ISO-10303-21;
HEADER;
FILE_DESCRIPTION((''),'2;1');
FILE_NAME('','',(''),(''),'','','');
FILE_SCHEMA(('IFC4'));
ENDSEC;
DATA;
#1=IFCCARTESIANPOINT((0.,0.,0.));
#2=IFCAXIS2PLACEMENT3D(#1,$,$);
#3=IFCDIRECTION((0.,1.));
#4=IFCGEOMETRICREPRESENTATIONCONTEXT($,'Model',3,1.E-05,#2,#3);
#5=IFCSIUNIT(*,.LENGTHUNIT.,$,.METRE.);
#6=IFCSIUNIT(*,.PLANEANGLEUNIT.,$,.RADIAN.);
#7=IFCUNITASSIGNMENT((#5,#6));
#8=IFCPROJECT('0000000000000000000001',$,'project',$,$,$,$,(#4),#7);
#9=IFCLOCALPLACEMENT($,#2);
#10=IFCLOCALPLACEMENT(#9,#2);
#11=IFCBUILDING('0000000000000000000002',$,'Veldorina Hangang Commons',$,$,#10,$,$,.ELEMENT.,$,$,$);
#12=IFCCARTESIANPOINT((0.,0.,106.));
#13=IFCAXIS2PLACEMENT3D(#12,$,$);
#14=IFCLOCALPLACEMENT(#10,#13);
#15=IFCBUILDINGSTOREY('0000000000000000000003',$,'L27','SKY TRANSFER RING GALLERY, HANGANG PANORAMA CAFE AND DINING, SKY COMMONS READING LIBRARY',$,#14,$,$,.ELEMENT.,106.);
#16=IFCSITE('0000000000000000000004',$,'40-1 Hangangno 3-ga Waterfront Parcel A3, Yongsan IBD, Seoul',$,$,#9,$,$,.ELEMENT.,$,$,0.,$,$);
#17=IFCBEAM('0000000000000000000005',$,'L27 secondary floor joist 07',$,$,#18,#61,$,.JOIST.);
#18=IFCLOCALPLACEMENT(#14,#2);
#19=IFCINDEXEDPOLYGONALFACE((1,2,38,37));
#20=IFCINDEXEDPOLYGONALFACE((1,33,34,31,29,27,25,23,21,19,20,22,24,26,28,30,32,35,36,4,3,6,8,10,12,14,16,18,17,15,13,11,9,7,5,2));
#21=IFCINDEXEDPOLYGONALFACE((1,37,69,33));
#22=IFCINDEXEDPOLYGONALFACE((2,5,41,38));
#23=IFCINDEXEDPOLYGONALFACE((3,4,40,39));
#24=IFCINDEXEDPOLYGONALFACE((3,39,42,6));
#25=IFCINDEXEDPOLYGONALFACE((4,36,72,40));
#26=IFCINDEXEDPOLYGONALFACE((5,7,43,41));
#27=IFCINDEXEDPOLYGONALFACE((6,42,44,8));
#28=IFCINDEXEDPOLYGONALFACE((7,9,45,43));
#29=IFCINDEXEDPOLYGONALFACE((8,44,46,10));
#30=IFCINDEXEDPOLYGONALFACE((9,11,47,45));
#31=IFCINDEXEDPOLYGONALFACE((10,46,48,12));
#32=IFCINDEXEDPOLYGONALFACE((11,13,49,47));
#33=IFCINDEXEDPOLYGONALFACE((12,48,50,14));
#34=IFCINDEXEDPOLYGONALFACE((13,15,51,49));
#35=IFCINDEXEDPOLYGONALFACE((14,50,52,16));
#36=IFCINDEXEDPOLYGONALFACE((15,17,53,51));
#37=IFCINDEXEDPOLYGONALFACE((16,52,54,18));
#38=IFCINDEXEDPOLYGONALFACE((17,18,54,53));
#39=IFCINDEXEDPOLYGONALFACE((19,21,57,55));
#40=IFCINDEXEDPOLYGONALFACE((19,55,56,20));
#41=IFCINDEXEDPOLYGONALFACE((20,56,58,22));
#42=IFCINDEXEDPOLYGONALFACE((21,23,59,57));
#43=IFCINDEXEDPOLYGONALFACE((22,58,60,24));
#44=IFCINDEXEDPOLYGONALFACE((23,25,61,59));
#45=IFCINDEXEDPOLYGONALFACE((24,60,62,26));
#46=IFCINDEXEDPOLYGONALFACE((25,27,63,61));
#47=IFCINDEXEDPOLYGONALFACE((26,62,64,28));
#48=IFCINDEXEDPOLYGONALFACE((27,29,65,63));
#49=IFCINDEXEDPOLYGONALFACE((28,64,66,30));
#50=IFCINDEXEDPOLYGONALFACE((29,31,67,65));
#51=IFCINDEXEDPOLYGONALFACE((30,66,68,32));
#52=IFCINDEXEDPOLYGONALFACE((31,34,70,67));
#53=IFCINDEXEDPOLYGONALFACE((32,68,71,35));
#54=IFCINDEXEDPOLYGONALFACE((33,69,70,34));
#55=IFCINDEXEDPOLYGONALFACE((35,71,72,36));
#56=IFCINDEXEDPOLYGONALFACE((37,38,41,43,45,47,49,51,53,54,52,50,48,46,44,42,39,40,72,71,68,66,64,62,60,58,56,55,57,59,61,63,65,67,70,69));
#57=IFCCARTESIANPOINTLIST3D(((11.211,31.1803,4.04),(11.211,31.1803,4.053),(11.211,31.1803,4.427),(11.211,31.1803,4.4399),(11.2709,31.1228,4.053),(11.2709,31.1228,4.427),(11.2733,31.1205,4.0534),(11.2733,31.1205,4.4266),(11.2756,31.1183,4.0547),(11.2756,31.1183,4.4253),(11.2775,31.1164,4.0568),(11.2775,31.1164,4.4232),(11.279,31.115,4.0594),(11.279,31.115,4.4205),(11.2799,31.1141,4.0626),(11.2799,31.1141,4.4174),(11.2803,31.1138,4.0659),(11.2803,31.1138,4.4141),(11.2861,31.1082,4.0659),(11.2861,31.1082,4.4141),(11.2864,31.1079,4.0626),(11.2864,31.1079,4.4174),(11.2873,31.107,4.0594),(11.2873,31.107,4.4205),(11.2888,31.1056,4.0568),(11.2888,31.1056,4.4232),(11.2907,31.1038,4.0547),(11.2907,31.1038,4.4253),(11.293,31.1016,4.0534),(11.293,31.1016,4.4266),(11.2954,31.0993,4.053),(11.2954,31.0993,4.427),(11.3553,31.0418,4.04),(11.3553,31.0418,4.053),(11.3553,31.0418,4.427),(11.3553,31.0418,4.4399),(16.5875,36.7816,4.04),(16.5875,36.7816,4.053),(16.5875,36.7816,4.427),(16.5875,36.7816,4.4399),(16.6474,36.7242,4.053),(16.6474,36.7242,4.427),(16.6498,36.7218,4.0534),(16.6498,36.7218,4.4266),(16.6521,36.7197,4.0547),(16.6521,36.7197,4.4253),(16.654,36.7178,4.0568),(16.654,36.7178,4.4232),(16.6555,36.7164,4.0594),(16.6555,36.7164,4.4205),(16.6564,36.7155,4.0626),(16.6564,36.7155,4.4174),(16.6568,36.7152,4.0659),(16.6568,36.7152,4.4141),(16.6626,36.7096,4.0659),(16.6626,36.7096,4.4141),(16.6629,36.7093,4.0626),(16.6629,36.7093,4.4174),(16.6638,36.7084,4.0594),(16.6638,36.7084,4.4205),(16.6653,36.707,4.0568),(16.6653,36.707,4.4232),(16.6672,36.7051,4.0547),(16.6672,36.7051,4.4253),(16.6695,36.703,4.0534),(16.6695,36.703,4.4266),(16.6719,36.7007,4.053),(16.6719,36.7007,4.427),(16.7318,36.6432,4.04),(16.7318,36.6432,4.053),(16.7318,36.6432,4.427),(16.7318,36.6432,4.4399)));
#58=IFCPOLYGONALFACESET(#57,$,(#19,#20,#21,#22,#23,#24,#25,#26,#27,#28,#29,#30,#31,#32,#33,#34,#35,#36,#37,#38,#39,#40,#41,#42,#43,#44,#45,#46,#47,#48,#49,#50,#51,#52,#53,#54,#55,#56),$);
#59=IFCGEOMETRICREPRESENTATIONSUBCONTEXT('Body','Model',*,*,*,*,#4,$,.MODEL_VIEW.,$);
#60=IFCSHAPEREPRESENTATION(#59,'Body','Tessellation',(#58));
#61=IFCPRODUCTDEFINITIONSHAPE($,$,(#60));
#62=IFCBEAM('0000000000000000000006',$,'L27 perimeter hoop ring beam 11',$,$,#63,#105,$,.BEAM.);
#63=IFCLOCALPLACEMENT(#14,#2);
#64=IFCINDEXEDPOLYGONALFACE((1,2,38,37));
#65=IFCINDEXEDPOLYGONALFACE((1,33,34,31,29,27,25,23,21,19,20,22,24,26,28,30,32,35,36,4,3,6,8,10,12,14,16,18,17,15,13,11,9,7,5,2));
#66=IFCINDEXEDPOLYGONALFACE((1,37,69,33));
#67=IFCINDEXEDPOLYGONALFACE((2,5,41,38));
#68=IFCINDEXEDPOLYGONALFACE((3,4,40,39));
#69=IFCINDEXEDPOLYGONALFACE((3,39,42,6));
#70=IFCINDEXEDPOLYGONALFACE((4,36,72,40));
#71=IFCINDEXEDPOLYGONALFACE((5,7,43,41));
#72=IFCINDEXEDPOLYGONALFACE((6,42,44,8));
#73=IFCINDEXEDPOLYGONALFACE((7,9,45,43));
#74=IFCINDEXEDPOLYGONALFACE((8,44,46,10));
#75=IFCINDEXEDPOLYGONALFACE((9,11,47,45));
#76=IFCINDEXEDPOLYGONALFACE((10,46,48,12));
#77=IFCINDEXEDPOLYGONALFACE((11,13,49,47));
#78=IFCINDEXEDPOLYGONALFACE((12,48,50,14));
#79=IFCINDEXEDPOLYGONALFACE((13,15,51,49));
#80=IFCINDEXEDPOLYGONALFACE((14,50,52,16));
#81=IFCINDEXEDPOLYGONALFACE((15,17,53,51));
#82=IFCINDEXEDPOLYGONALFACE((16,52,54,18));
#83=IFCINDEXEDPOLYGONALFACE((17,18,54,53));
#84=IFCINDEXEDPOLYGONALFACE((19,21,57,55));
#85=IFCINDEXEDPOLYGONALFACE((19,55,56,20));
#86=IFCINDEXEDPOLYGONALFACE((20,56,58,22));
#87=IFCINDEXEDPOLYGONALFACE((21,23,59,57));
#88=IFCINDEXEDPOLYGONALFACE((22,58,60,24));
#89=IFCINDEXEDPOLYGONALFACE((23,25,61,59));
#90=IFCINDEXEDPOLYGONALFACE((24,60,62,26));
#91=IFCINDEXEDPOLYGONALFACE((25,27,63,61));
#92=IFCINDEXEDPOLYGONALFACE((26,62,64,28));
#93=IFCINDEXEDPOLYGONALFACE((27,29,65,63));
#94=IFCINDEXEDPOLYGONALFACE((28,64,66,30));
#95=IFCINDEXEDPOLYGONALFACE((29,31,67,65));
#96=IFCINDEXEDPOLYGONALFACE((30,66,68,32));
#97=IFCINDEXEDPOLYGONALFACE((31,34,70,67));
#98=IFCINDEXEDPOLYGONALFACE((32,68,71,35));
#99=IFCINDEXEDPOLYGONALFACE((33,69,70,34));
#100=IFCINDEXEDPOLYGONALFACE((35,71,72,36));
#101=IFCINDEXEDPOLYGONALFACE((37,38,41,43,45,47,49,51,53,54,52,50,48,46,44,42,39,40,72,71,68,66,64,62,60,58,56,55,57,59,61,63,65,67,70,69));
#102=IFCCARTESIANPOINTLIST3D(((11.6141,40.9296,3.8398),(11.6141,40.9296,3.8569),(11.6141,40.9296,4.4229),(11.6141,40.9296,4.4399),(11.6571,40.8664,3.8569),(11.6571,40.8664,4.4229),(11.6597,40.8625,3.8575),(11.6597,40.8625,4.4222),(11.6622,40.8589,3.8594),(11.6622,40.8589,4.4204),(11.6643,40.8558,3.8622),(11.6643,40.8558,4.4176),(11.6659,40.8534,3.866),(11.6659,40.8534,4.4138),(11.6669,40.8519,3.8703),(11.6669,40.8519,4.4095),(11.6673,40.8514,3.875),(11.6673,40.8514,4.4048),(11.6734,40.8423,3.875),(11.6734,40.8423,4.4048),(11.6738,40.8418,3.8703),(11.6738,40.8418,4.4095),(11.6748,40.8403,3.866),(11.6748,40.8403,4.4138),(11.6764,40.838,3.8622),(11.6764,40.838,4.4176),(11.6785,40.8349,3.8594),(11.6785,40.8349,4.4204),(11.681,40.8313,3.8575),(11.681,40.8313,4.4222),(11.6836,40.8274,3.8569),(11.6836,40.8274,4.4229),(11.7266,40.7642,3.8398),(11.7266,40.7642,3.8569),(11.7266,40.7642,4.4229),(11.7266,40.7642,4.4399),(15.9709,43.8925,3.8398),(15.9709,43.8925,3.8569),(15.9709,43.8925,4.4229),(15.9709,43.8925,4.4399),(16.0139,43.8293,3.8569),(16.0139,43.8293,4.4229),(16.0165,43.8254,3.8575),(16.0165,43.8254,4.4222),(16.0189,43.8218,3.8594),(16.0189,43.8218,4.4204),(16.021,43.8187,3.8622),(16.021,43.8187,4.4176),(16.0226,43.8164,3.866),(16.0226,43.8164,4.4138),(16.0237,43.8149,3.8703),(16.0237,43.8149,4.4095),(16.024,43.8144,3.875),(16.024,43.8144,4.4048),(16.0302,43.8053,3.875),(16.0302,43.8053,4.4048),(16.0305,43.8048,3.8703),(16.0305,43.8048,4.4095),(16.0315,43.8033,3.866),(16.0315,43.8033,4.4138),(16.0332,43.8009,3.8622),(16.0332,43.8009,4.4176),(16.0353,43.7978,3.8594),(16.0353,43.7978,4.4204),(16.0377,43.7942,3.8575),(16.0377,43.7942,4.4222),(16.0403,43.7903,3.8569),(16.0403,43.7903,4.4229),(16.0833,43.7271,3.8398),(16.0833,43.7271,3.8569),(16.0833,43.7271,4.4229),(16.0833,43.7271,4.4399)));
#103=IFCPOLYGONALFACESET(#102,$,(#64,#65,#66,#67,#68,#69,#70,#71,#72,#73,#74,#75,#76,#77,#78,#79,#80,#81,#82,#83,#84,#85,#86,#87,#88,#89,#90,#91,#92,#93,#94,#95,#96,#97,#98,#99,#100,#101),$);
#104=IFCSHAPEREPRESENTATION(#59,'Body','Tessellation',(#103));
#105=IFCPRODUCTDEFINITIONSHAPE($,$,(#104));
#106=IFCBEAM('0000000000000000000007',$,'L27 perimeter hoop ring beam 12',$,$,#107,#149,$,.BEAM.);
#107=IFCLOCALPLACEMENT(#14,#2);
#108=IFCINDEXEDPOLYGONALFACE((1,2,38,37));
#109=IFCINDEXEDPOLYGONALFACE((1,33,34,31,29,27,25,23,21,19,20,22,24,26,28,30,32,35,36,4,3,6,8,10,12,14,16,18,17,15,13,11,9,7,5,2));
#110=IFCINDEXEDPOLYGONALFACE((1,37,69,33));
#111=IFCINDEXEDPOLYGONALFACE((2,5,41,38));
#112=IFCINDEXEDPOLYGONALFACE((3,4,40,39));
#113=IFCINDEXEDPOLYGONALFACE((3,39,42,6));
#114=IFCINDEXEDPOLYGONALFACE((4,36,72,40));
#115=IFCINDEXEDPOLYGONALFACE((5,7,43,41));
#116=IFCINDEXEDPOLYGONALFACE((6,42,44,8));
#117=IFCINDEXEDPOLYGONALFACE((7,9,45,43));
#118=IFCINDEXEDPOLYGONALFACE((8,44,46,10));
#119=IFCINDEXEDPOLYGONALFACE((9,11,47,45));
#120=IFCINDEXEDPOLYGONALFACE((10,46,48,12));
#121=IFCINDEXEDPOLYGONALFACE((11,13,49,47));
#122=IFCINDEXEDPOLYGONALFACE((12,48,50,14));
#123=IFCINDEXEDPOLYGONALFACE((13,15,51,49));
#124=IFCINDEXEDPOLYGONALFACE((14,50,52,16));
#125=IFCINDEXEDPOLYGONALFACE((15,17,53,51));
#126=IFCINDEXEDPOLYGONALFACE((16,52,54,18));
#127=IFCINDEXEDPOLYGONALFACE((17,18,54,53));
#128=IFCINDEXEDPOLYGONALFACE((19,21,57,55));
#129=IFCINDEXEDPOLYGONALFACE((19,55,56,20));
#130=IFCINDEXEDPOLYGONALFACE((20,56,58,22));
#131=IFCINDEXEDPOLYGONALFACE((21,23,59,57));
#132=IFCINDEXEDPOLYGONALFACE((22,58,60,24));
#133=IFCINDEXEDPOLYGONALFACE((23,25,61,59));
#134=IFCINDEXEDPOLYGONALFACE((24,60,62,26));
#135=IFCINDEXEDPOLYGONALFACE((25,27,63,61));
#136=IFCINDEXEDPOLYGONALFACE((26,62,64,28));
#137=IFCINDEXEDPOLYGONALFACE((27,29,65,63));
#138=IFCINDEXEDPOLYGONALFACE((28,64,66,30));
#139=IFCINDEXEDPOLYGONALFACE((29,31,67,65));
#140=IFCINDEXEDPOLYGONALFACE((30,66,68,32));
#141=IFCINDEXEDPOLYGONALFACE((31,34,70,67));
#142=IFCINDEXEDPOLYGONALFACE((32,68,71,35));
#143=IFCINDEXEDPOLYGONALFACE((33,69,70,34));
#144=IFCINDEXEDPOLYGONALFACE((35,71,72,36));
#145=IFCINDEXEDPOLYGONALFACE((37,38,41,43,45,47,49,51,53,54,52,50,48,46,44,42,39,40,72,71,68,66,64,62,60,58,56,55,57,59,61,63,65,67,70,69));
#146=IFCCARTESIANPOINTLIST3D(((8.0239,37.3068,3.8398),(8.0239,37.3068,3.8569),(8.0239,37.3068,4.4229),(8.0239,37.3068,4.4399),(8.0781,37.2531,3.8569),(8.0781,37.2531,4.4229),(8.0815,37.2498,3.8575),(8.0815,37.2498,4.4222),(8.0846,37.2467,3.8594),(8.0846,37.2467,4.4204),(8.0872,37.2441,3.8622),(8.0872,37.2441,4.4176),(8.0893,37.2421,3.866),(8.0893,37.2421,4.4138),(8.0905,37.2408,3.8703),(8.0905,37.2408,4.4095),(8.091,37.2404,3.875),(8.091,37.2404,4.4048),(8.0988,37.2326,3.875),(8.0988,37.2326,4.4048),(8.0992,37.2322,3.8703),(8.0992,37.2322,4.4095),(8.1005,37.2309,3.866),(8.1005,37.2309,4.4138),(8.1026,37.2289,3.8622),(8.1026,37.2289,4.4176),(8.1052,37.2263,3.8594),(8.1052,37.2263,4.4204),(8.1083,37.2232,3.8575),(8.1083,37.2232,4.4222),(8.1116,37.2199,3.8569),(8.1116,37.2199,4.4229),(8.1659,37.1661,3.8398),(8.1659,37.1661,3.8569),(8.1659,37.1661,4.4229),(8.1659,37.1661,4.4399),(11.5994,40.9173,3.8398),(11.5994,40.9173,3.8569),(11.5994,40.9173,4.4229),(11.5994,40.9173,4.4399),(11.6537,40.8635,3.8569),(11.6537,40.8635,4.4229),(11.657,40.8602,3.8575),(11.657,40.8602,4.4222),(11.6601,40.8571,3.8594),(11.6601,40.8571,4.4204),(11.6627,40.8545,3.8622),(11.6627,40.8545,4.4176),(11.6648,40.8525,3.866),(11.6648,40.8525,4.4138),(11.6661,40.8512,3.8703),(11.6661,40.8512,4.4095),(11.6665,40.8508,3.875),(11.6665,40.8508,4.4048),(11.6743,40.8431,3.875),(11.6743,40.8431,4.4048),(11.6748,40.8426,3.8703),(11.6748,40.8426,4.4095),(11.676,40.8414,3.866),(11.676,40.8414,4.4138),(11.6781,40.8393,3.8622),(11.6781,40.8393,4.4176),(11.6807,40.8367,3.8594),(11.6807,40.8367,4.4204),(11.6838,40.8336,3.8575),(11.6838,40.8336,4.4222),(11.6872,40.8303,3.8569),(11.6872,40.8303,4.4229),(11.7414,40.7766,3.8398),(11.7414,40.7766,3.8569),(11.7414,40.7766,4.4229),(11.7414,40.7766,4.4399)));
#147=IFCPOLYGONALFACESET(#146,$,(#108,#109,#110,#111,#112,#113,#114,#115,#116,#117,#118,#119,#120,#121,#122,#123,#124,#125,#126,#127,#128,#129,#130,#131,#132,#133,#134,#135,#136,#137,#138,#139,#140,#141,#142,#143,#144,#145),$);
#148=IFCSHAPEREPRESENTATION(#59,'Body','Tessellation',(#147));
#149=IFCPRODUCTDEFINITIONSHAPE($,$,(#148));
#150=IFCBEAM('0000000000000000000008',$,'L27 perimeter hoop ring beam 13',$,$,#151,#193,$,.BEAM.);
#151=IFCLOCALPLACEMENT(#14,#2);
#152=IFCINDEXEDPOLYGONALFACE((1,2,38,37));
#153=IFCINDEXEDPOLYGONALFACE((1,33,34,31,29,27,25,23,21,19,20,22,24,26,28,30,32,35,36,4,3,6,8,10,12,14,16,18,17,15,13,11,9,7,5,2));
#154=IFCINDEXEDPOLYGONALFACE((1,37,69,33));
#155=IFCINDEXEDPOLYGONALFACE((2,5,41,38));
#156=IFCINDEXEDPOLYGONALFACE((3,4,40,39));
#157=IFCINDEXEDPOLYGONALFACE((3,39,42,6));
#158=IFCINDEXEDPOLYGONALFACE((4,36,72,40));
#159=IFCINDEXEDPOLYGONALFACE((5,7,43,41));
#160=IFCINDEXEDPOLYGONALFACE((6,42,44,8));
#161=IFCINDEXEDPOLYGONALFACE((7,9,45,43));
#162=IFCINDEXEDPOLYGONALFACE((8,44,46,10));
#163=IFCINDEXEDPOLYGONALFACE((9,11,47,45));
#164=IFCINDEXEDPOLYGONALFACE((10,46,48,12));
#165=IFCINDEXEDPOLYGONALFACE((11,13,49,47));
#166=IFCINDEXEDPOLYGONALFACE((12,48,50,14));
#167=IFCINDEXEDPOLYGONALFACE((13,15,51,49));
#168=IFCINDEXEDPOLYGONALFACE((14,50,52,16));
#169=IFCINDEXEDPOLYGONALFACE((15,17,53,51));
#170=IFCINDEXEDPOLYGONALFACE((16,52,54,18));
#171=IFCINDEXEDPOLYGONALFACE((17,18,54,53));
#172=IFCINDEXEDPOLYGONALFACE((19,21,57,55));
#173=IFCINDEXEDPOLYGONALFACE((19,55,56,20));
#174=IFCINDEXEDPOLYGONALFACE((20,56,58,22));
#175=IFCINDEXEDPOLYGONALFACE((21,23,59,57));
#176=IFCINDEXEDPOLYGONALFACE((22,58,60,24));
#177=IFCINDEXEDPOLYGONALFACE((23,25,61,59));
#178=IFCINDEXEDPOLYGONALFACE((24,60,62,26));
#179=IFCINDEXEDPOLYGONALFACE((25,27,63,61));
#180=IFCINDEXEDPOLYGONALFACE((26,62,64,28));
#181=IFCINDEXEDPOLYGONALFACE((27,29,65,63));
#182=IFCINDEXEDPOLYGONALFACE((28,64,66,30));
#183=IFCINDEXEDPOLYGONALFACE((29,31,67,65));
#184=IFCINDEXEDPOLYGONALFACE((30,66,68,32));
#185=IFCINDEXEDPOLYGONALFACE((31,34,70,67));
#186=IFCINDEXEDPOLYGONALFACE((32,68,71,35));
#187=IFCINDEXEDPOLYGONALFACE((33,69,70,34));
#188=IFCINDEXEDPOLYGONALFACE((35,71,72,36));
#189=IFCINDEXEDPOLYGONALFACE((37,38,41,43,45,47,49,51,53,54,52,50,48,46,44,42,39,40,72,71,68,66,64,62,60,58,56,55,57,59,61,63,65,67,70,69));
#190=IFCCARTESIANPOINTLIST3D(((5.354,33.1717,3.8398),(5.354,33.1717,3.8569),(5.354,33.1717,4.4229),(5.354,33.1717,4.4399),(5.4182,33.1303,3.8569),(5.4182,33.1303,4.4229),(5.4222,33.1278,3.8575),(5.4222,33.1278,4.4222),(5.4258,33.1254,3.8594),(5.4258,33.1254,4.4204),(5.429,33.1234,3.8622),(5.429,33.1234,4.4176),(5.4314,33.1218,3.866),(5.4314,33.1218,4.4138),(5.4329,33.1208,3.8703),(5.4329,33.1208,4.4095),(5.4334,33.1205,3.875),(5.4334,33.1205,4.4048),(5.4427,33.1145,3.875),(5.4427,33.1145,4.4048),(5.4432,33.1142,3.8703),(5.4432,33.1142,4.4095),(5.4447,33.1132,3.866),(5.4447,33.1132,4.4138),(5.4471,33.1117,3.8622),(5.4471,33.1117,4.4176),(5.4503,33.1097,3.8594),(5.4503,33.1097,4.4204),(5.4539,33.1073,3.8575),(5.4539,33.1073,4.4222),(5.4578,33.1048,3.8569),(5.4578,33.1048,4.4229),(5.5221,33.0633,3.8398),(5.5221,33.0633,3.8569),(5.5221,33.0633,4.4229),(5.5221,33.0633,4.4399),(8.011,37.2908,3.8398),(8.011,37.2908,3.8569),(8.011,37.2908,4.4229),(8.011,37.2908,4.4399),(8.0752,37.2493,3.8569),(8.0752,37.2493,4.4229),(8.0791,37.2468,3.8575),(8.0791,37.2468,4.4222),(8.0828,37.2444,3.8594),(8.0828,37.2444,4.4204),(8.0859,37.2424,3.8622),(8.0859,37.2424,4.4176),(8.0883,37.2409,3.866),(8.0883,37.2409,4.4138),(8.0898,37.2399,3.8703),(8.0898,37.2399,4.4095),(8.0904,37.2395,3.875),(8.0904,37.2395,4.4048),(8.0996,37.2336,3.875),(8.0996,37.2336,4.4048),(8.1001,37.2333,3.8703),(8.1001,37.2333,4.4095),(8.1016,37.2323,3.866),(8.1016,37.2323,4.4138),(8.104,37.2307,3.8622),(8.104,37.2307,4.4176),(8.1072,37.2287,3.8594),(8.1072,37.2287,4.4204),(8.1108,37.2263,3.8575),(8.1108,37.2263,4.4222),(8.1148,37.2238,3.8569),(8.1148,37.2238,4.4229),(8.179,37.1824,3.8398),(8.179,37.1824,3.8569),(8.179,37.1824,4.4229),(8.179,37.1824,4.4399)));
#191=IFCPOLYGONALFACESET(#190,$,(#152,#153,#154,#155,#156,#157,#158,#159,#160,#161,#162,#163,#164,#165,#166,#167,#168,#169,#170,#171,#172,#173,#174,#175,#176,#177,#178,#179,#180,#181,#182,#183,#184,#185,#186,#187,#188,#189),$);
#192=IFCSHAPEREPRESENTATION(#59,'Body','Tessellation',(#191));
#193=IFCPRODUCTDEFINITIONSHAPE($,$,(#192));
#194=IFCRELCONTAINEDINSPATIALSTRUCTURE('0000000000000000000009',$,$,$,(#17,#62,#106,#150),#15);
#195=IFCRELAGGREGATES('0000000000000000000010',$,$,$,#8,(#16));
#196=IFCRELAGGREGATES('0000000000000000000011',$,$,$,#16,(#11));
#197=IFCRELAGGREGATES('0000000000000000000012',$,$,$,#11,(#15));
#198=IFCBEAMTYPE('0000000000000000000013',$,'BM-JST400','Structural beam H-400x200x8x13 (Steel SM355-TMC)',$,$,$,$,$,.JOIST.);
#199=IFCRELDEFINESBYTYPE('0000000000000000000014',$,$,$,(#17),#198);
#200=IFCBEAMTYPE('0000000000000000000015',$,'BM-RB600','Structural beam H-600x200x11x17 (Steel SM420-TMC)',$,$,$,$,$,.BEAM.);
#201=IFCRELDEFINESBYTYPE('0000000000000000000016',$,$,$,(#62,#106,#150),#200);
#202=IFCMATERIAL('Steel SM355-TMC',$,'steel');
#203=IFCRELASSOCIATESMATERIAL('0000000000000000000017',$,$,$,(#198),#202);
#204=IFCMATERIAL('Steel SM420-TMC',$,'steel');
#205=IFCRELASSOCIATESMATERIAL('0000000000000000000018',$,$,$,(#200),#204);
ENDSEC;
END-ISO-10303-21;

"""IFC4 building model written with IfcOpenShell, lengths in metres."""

from ifc_helpers import new_model, si_unit, direction, frame, origin, origin_2d, place, context, subcontext, project, spatial, i_section, extrude, material, material_profile, profile_set, type_object, element, save


model = new_model("IFC4")

# Units and contexts
model_context = context("Model", 3, precision=1e-05, world=origin(), true_north=direction((0.0, 1.0)))
body_context = subcontext(model_context, "Body", "Model", "MODEL_VIEW")
ifc_project = project(units=[si_unit("LENGTHUNIT", "METRE"), si_unit("PLANEANGLEUNIT", "RADIAN")], contexts=[model_context])

# Site, building, storey
site_placement = place(None, origin())
site = spatial("IfcSite", under=ifc_project, at=site_placement, Name="40-1 Hangangno 3-ga Waterfront Parcel A3, Yongsan IBD, Seoul", CompositionType="ELEMENT", RefElevation=0.0)
building_placement = place(site_placement, origin())
building = spatial("IfcBuilding", under=site, at=building_placement, Name="Veldorina Hangang Commons", CompositionType="ELEMENT")
storey_placement = place(building_placement, frame((0.0, 0.0, 106.0)))
storey = spatial("IfcBuildingStorey", under=building, at=storey_placement, Name="L27", Description="SKY TRANSFER RING GALLERY, HANGANG PANORAMA CAFE AND DINING, SKY COMMONS READING LIBRARY", CompositionType="ELEMENT", Elevation=106.0)

# Beams
ifc_material_1 = material(Name="Steel SM355-TMC", Category="steel")
ifc_material_profile_1 = material_profile(ifc_material_1, i_section(OverallWidth=0.2, OverallDepth=0.3999, WebThickness=0.0081, FlangeThickness=0.0129, FilletRadius=0.0129, at=origin_2d()), Name="H-400x200x8x13")
ifc_profile_set_1 = profile_set([ifc_material_profile_1], Name="Steel SM355-TMC")
beam_type_1 = type_object("IfcBeamType", Name="BM-JST400", Description="Structural beam H-400x200x8x13 (Steel SM355-TMC)", PredefinedType="JOIST", material=ifc_profile_set_1)
beam_1_placement = place(storey_placement, frame((16.6597, 36.7124, 4.24), z_axis=(-0.692478, -0.721439, 0.0), x_axis=(0.721439, -0.692478, 0.0)))
element("IfcBeam", 1, at=beam_1_placement, inside=storey, type_object=beam_type_1, Name="L27 secondary floor joist 07", PredefinedType="JOIST", context=body_context, shape_type="SweptSolid", body=[
    extrude(i_section(OverallWidth=0.2, OverallDepth=0.3999, WebThickness=0.0081, FlangeThickness=0.0129, FilletRadius=0.0129, at=origin_2d()), origin(), (0.0, 0.0, 1.0), 7.7642),
])
ifc_material_2 = material(Name="Steel SM420-TMC", Category="steel")
ifc_material_profile_2 = material_profile(ifc_material_2, i_section(OverallWidth=0.2, OverallDepth=0.6001, WebThickness=0.011, FlangeThickness=0.0171, FilletRadius=0.0181, at=origin_2d()), Name="H-600x200x11x17")
ifc_profile_set_2 = profile_set([ifc_material_profile_2], Name="Steel SM420-TMC")
beam_type_2 = type_object("IfcBeamType", Name="BM-RB600", Description="Structural beam H-600x200x11x17 (Steel SM420-TMC)", PredefinedType="BEAM", material=ifc_profile_set_2)
beam_2_placement = place(storey_placement, frame((16.0271, 43.8098, 4.1399), z_axis=(-0.826896, -0.562354, 0.0), x_axis=(0.562354, -0.826896, 0.0)))
element("IfcBeam", 2, at=beam_2_placement, inside=storey, type_object=beam_type_2, Name="L27 perimeter hoop ring beam 11", PredefinedType="BEAM", context=body_context, shape_type="SweptSolid", body=[
    extrude(i_section(OverallWidth=0.2, OverallDepth=0.6001, WebThickness=0.011, FlangeThickness=0.0171, FilletRadius=0.0181, at=origin_2d()), origin(), (0.0, 0.0, 1.0), 5.2688),
])
beam_3_placement = place(storey_placement, frame((11.6704, 40.8469, 4.1399), z_axis=(-0.703663, -0.710534, 0.0), x_axis=(0.710534, -0.703663, 0.0)))
element("IfcBeam", 3, at=beam_3_placement, inside=storey, type_object=beam_type_2, Name="L27 perimeter hoop ring beam 12", PredefinedType="BEAM", context=body_context, shape_type="SweptSolid", body=[
    extrude(i_section(OverallWidth=0.2, OverallDepth=0.6001, WebThickness=0.011, FlangeThickness=0.0171, FilletRadius=0.0181, at=origin_2d()), origin(), (0.0, 0.0, 1.0), 5.0813),
])
beam_4_placement = place(storey_placement, frame((8.095, 37.2366, 4.1399), z_axis=(-0.542051, -0.840346, 0.0), x_axis=(0.840346, -0.542051, 0.0)))
element("IfcBeam", 4, at=beam_4_placement, inside=storey, type_object=beam_type_2, Name="L27 perimeter hoop ring beam 13", PredefinedType="BEAM", context=body_context, shape_type="SweptSolid", body=[
    extrude(i_section(OverallWidth=0.2, OverallDepth=0.6001, WebThickness=0.011, FlangeThickness=0.0171, FilletRadius=0.0181, at=origin_2d()), origin(), (0.0, 0.0, 1.0), 4.9016),
])

save(model, "model.ifc")
